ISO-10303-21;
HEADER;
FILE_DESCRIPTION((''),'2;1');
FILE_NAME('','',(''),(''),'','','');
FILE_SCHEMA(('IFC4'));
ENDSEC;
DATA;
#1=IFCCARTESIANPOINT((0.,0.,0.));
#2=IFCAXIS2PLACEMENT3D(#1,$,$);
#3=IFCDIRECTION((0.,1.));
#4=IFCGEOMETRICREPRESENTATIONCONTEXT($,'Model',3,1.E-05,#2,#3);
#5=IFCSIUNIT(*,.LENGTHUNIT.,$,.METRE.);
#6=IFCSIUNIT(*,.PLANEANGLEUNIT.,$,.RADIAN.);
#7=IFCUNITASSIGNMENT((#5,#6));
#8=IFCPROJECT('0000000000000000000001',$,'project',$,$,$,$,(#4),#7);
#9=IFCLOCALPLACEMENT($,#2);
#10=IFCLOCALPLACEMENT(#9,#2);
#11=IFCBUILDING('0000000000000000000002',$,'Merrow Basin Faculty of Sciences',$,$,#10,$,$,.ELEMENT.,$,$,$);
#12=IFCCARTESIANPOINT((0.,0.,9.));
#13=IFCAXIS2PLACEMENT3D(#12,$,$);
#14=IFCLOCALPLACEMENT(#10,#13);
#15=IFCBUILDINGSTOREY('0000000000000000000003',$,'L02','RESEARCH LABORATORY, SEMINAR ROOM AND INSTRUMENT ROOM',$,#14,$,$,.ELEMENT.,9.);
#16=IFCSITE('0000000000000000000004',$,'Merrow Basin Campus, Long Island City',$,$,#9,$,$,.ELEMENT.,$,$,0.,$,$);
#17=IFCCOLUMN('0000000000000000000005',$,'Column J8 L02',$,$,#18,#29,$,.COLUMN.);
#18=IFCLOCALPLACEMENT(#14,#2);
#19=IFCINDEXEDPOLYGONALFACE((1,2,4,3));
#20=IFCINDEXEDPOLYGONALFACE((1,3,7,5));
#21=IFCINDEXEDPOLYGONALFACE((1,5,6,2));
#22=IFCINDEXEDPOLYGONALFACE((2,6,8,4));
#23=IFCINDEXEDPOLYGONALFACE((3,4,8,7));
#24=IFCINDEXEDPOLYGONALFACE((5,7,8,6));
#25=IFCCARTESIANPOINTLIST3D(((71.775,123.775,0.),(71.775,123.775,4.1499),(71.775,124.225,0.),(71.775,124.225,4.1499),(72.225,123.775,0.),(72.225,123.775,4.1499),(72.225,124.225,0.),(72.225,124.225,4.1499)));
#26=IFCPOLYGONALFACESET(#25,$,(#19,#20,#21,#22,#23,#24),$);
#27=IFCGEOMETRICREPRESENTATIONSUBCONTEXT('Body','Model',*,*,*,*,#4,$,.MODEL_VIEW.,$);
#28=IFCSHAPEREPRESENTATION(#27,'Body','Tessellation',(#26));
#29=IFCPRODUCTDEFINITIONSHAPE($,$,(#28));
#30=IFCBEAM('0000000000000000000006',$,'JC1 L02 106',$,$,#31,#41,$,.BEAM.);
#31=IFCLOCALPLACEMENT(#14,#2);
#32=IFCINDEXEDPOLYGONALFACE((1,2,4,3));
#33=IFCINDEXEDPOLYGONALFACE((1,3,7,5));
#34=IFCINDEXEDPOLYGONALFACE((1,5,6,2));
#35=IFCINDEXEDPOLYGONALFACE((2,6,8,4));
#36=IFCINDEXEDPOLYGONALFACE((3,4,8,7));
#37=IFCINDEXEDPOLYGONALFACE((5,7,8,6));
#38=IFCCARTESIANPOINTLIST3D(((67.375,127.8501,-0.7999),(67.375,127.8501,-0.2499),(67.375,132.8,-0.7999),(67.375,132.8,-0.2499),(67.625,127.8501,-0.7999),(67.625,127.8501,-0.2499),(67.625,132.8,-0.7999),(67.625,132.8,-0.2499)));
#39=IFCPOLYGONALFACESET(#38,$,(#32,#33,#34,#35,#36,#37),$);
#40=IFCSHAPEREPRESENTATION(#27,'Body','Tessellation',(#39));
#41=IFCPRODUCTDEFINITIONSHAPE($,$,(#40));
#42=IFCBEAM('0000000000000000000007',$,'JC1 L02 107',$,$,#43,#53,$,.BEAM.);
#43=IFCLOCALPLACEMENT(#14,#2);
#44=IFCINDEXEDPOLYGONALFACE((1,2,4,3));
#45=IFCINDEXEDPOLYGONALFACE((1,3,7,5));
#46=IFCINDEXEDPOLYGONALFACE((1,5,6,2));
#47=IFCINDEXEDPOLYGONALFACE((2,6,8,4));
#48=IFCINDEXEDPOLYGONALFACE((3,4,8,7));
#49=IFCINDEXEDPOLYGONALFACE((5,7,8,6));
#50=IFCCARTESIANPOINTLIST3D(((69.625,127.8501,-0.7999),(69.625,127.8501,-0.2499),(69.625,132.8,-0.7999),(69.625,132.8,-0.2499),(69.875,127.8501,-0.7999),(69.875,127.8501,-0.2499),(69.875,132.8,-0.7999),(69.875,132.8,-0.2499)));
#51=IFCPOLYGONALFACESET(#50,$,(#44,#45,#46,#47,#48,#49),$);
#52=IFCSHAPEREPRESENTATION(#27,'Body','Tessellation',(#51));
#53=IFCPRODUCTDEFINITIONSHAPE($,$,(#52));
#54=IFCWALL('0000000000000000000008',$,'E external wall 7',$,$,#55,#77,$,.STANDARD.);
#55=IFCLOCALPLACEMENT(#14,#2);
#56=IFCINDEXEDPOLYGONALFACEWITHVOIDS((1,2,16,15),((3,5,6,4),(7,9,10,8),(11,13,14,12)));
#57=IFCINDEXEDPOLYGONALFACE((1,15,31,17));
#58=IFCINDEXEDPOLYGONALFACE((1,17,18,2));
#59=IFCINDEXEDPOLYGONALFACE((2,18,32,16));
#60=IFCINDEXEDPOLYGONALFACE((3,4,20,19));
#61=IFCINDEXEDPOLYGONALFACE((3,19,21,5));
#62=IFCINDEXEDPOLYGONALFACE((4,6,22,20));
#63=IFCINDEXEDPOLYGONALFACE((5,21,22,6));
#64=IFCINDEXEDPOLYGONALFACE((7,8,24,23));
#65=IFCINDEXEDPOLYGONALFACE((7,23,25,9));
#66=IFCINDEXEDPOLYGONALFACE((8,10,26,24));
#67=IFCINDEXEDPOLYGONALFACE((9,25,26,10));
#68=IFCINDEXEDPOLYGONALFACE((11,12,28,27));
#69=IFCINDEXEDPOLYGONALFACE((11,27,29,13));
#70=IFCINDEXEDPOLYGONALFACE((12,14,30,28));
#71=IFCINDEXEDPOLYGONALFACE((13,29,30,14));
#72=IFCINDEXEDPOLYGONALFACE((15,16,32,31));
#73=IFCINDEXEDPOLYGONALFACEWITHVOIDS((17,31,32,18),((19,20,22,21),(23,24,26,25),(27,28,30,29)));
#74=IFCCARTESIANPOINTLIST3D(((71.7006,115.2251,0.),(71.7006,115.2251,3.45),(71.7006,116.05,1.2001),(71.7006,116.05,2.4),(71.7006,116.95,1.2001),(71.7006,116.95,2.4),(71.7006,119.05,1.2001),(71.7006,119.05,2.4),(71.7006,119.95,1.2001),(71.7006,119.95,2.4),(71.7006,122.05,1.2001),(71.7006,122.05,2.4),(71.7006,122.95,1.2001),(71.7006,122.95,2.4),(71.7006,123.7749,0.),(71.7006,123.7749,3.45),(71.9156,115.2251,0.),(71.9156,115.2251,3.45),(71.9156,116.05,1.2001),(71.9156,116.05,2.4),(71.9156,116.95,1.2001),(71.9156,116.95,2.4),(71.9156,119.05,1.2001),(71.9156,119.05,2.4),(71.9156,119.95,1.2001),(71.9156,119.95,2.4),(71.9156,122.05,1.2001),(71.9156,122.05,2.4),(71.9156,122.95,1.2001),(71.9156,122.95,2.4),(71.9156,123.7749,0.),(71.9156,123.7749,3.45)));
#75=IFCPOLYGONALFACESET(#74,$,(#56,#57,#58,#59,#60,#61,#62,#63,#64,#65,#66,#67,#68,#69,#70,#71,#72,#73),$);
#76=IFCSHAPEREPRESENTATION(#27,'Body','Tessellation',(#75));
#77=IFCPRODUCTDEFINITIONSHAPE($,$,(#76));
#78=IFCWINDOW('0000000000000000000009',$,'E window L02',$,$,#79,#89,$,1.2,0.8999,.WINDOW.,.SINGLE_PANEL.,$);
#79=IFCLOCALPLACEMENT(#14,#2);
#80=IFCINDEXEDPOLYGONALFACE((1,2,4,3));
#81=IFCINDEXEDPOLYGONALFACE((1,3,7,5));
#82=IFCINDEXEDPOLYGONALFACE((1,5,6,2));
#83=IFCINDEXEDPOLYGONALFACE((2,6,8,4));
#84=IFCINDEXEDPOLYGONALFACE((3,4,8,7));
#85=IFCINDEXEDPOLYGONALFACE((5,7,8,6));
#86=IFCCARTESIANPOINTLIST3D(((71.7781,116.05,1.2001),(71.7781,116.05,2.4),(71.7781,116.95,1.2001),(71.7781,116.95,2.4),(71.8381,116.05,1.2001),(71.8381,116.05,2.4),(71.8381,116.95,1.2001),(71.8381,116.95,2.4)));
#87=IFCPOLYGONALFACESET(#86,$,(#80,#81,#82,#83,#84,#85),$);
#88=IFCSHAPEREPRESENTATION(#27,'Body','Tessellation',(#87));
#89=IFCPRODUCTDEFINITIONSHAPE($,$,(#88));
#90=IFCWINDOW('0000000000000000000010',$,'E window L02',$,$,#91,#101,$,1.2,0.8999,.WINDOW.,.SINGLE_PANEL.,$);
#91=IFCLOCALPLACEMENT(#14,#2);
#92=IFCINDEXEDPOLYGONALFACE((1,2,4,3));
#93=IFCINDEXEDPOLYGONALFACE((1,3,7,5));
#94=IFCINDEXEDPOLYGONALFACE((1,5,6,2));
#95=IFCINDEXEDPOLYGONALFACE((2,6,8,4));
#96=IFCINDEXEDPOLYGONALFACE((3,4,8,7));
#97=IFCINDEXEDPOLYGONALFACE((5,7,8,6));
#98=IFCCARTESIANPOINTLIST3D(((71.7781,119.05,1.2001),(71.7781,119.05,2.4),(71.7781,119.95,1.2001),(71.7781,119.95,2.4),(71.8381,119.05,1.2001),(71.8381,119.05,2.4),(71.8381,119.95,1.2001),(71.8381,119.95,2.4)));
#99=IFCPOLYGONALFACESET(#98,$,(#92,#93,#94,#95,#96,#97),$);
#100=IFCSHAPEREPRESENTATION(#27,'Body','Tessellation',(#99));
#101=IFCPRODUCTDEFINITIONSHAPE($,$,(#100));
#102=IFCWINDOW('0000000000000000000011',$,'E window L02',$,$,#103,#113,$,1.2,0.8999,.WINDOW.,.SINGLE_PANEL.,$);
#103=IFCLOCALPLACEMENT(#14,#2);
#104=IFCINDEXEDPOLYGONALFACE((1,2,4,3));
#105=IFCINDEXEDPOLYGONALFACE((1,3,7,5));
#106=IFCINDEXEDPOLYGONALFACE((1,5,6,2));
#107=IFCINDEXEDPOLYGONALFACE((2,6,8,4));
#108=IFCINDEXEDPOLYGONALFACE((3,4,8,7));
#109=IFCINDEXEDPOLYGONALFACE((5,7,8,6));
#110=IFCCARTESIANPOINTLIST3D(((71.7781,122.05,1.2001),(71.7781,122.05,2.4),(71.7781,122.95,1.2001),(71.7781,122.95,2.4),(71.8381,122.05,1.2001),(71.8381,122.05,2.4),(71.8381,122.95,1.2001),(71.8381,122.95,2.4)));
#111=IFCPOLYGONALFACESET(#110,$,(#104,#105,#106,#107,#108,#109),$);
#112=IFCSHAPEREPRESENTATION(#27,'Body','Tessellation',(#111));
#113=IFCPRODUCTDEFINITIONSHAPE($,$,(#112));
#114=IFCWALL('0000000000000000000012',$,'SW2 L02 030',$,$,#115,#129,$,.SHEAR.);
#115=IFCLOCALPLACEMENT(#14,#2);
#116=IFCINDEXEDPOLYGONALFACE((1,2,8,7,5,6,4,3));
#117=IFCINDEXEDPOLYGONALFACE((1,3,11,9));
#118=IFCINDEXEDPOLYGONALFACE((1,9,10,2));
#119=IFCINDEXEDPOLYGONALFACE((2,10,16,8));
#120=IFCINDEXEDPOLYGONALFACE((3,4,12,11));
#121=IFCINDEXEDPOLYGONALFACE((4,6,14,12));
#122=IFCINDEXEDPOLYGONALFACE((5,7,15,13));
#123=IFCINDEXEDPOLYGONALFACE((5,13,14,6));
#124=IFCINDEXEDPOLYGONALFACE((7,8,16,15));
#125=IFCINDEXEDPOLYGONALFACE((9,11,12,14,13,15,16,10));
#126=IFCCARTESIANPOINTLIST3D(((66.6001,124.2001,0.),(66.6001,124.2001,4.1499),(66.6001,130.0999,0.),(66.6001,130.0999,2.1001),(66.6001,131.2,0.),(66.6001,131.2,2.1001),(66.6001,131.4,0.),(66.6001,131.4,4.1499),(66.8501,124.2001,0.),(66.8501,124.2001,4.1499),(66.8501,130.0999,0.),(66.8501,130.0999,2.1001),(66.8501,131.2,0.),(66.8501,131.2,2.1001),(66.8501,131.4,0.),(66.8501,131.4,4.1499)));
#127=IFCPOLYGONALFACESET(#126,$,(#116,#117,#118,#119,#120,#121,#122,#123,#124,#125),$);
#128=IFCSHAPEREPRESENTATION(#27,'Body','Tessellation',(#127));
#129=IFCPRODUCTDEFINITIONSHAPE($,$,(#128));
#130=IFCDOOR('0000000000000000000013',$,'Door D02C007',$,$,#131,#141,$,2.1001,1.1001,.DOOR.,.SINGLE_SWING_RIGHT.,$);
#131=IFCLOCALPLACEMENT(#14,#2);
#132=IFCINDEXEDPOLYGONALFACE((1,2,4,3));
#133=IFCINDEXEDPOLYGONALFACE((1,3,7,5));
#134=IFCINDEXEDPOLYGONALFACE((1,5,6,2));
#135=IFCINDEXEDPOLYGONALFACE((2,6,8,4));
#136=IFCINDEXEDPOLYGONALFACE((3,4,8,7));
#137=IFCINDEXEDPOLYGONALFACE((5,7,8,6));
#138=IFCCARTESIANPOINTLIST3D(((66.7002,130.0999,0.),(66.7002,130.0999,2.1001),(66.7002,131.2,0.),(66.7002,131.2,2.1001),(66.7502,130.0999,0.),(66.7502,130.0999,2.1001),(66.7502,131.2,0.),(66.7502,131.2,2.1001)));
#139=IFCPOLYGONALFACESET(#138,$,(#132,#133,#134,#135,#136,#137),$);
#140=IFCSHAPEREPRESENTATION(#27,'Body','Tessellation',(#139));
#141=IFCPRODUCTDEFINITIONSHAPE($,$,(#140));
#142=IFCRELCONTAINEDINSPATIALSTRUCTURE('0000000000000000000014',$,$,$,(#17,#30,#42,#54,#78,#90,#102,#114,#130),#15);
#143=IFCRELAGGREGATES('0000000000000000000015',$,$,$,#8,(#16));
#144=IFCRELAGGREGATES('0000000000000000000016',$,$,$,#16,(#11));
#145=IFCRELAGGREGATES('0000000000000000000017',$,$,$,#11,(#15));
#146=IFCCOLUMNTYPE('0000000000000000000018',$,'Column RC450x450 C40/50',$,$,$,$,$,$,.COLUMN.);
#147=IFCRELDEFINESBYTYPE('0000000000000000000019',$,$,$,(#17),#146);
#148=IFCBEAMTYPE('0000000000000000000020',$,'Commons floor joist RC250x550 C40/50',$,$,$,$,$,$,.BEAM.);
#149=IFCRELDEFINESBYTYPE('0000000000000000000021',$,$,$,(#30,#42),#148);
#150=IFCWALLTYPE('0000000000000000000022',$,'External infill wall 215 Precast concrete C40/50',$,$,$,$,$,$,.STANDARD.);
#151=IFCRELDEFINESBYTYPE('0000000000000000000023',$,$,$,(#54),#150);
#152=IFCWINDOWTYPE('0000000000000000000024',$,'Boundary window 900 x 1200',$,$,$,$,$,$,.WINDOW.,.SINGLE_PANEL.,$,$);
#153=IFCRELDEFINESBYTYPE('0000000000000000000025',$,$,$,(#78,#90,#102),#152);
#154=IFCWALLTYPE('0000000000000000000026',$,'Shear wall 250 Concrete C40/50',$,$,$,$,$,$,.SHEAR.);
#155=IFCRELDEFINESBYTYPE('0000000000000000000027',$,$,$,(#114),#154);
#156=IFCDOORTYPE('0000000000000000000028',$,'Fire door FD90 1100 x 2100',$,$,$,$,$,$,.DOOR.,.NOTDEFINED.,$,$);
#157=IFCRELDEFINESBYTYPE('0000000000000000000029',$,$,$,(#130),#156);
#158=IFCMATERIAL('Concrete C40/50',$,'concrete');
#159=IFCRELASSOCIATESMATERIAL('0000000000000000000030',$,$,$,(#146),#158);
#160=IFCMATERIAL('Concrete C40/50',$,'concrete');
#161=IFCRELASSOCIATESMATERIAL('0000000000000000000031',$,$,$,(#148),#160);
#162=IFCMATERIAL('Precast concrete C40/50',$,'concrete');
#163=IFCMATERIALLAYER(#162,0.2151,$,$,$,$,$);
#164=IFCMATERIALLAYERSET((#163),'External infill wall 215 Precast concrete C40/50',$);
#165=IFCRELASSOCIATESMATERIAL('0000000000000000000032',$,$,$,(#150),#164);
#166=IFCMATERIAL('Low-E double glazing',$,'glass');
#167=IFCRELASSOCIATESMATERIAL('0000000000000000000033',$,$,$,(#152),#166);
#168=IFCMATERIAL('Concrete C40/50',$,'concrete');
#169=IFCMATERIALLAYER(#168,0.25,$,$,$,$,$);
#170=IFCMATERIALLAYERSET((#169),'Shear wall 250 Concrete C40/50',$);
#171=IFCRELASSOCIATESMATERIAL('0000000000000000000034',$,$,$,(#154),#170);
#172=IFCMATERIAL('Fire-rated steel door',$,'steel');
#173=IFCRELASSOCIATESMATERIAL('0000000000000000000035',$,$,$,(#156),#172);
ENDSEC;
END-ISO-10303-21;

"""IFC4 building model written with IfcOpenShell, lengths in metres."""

from ifc_helpers import new_model, si_unit, direction, frame, frame_2d, origin, origin_2d, place, context, subcontext, project, spatial, rectangle, extrude, material, layer, layer_set, material_profile, profile_set, type_object, element, fill, save


model = new_model("IFC4")

# Units and contexts
model_context = context("Model", 3, precision=1e-05, world=origin(), true_north=direction((0.0, 1.0)))
body_context = subcontext(model_context, "Body", "Model", "MODEL_VIEW")
ifc_project = project(units=[si_unit("LENGTHUNIT", "METRE"), si_unit("PLANEANGLEUNIT", "RADIAN")], contexts=[model_context])

# Site, building, storey
site_placement = place(None, origin())
site = spatial("IfcSite", under=ifc_project, at=site_placement, Name="Merrow Basin Campus, Long Island City", CompositionType="ELEMENT", RefElevation=0.0)
building_placement = place(site_placement, origin())
building = spatial("IfcBuilding", under=site, at=building_placement, Name="Merrow Basin Faculty of Sciences", CompositionType="ELEMENT")
storey_placement = place(building_placement, frame((0.0, 0.0, 9.0)))
storey = spatial("IfcBuildingStorey", under=building, at=storey_placement, Name="L02", Description="RESEARCH LABORATORY, SEMINAR ROOM AND INSTRUMENT ROOM", CompositionType="ELEMENT", Elevation=9.0)

# Column
ifc_material_1 = material(Name="Concrete C40/50", Category="concrete")
ifc_material_profile_1 = material_profile(ifc_material_1, rectangle(XDim=0.45, YDim=0.45, at=origin_2d()))
ifc_profile_set_1 = profile_set([ifc_material_profile_1], Name="Concrete C40/50")
column_type = type_object("IfcColumnType", Name="Column RC450x450 C40/50", PredefinedType="COLUMN", material=ifc_profile_set_1)
column_placement = place(storey_placement, frame((72.0, 124.0, 0.0), z_axis=(0.0, 0.0, 1.0), x_axis=(1.0, 0.0, 0.0)))
element("IfcColumn", 1, at=column_placement, inside=storey, type_object=column_type, Name="Column J8 L02", PredefinedType="COLUMN", context=body_context, shape_type="SweptSolid", body=[
    extrude(rectangle(XDim=0.45, YDim=0.45, at=origin_2d()), origin(), (0.0, 0.0, 1.0), 4.1499),
])

# Beams
ifc_material_2 = material(Name="Concrete C40/50", Category="concrete")
ifc_material_profile_2 = material_profile(ifc_material_2, rectangle(XDim=0.25, YDim=0.55, at=origin_2d()))
ifc_profile_set_2 = profile_set([ifc_material_profile_2], Name="Concrete C40/50")
beam_type = type_object("IfcBeamType", Name="Commons floor joist RC250x550 C40/50", PredefinedType="BEAM", material=ifc_profile_set_2)
for number, where, z_axis, x_axis, name in (
    (2, (67.5, 127.8501, -0.5249), (0.0, 1.0, 0.0), (-1.0, 0.0, 0.0), "JC1 L02 106"),
    (3, (69.75, 127.8501, -0.5249), (0.0, 1.0, 0.0), (-1.0, 0.0, 0.0), "JC1 L02 107"),
):
    element("IfcBeam", number, at=place(storey_placement, frame(where, z_axis=z_axis, x_axis=x_axis)), inside=storey, type_object=beam_type, Name=name, PredefinedType="BEAM", context=body_context, shape_type="SweptSolid", body=[
        extrude(rectangle(XDim=0.25, YDim=0.55, at=origin_2d()), origin(), (0.0, 0.0, 1.0), 4.95),
    ])

# Wall, openings, windows
ifc_material_3 = material(Name="Precast concrete C40/50", Category="concrete")
ifc_layer_1 = layer(ifc_material_3, 0.2151)
ifc_layer_set_1 = layer_set([ifc_layer_1], Name="External infill wall 215 Precast concrete C40/50")
wall_type_1 = type_object("IfcWallType", Name="External infill wall 215 Precast concrete C40/50", PredefinedType="STANDARD", material=ifc_layer_set_1)
wall_1_placement = place(storey_placement, frame((71.8081, 123.7749, 0.0), z_axis=(0.0, 0.0, 1.0), x_axis=(0.0, -1.0, 0.0)))
wall_1 = element("IfcWall", 4, at=wall_1_placement, inside=storey, type_object=wall_type_1, Name="E external wall 7", PredefinedType="STANDARD", context=body_context, shape_type="SweptSolid", body=[
    extrude(rectangle(XDim=8.5498, YDim=0.2151, at=frame_2d((4.2749, 0.0))), origin(), (0.0, 0.0, 1.0), 3.45),
])
opening_1_placement = place(wall_1_placement, frame((6.825, 0.0, 1.2)))
opening_1 = element("IfcOpeningElement", 5, at=opening_1_placement, cuts=wall_1, PredefinedType="OPENING", context=body_context, shape_type="SweptSolid", body=[
    extrude(rectangle(XDim=0.8999, YDim=1.2, at=frame_2d((0.45, 0.6001))), frame((0.0, 0.1174, 0.0), z_axis=(0.0, -1.0, 0.0), x_axis=(1.0, 0.0, 0.0)), (0.0, 0.0, 1.0), 0.2351),
])
opening_2_placement = place(wall_1_placement, frame((3.825, 0.0, 1.2)))
opening_2 = element("IfcOpeningElement", 6, at=opening_2_placement, cuts=wall_1, PredefinedType="OPENING", context=body_context, shape_type="SweptSolid", body=[
    extrude(rectangle(XDim=0.8999, YDim=1.2, at=frame_2d((0.45, 0.6001))), frame((0.0, 0.1174, 0.0), z_axis=(0.0, -1.0, 0.0), x_axis=(1.0, 0.0, 0.0)), (0.0, 0.0, 1.0), 0.2351),
])
opening_3_placement = place(wall_1_placement, frame((0.825, 0.0, 1.2)))
opening_3 = element("IfcOpeningElement", 7, at=opening_3_placement, cuts=wall_1, PredefinedType="OPENING", context=body_context, shape_type="SweptSolid", body=[
    extrude(rectangle(XDim=0.8999, YDim=1.2, at=frame_2d((0.45, 0.6001))), frame((0.0, 0.1174, 0.0), z_axis=(0.0, -1.0, 0.0), x_axis=(1.0, 0.0, 0.0)), (0.0, 0.0, 1.0), 0.2351),
])
ifc_material_4 = material(Name="Low-E double glazing", Category="glass")
window_type = type_object("IfcWindowType", Name="Boundary window 900 x 1200", PartitioningType="SINGLE_PANEL", PredefinedType="WINDOW", material=ifc_material_4)
window_1_placement = place(opening_1_placement, origin())
window_1 = element("IfcWindow", 8, at=window_1_placement, inside=storey, type_object=window_type, Name="E window L02", OverallHeight=1.2, OverallWidth=0.8999, PartitioningType="SINGLE_PANEL", PredefinedType="WINDOW", context=body_context, shape_type="SweptSolid", body=[
    extrude(rectangle(XDim=0.8999, YDim=1.2, at=frame_2d((0.45, 0.6001))), frame((0.0, 0.03, 0.0), z_axis=(0.0, -1.0, 0.0), x_axis=(1.0, 0.0, 0.0)), (0.0, 0.0, 1.0), 0.0601),
])
fill(opening_1, window_1)
window_2_placement = place(opening_2_placement, origin())
window_2 = element("IfcWindow", 9, at=window_2_placement, inside=storey, type_object=window_type, Name="E window L02", OverallHeight=1.2, OverallWidth=0.8999, PartitioningType="SINGLE_PANEL", PredefinedType="WINDOW", context=body_context, shape_type="SweptSolid", body=[
    extrude(rectangle(XDim=0.8999, YDim=1.2, at=frame_2d((0.45, 0.6001))), frame((0.0, 0.03, 0.0), z_axis=(0.0, -1.0, 0.0), x_axis=(1.0, 0.0, 0.0)), (0.0, 0.0, 1.0), 0.0601),
])
fill(opening_2, window_2)
window_3_placement = place(opening_3_placement, origin())
window_3 = element("IfcWindow", 10, at=window_3_placement, inside=storey, type_object=window_type, Name="E window L02", OverallHeight=1.2, OverallWidth=0.8999, PartitioningType="SINGLE_PANEL", PredefinedType="WINDOW", context=body_context, shape_type="SweptSolid", body=[
    extrude(rectangle(XDim=0.8999, YDim=1.2, at=frame_2d((0.45, 0.6001))), frame((0.0, 0.03, 0.0), z_axis=(0.0, -1.0, 0.0), x_axis=(1.0, 0.0, 0.0)), (0.0, 0.0, 1.0), 0.0601),
])
fill(opening_3, window_3)

# Wall, opening, door
ifc_material_5 = material(Name="Concrete C40/50", Category="concrete")
ifc_layer_2 = layer(ifc_material_5, 0.25)
ifc_layer_set_2 = layer_set([ifc_layer_2], Name="Shear wall 250 Concrete C40/50")
wall_type_2 = type_object("IfcWallType", Name="Shear wall 250 Concrete C40/50", PredefinedType="SHEAR", material=ifc_layer_set_2)
wall_2_placement = place(storey_placement, frame((66.7251, 124.2, 0.0), z_axis=(0.0, 0.0, 1.0), x_axis=(0.0, 1.0, 0.0)))
wall_2 = element("IfcWall", 11, at=wall_2_placement, inside=storey, type_object=wall_type_2, Name="SW2 L02 030", PredefinedType="SHEAR", context=body_context, shape_type="SweptSolid", body=[
    extrude(rectangle(XDim=7.2, YDim=0.25, at=frame_2d((3.6001, 0.0))), origin(), (0.0, 0.0, 1.0), 4.1499),
])
opening_4_placement = place(wall_2_placement, frame((5.8999, 0.0, 0.0)))
opening_4 = element("IfcOpeningElement", 12, at=opening_4_placement, cuts=wall_2, PredefinedType="OPENING", context=body_context, shape_type="SweptSolid", body=[
    extrude(rectangle(XDim=1.1001, YDim=2.1001, at=frame_2d((0.55, 1.05))), frame((0.0, 0.135, 0.0), z_axis=(0.0, -1.0, 0.0), x_axis=(1.0, 0.0, 0.0)), (0.0, 0.0, 1.0), 0.27),
])
ifc_material_6 = material(Name="Fire-rated steel door", Category="steel")
door_type_1 = type_object("IfcDoorType", Name="Fire door FD90 1100 x 2100", OperationType="NOTDEFINED", PredefinedType="DOOR", material=ifc_material_6)
door_1_placement = place(opening_4_placement, origin())
door_1 = element("IfcDoor", 13, at=door_1_placement, inside=storey, type_object=door_type_1, Name="Door D02C007", OperationType="SINGLE_SWING_RIGHT", OverallHeight=2.1001, OverallWidth=1.1001, PredefinedType="DOOR", context=body_context, shape_type="SweptSolid", body=[
    extrude(rectangle(XDim=1.1001, YDim=2.1001, at=frame_2d((0.55, 1.05))), frame((0.0, 0.0249, 0.0), z_axis=(0.0, -1.0, 0.0), x_axis=(1.0, 0.0, 0.0)), (0.0, 0.0, 1.0), 0.05),
])
fill(opening_4, door_1)

save(model, "model.ifc")
